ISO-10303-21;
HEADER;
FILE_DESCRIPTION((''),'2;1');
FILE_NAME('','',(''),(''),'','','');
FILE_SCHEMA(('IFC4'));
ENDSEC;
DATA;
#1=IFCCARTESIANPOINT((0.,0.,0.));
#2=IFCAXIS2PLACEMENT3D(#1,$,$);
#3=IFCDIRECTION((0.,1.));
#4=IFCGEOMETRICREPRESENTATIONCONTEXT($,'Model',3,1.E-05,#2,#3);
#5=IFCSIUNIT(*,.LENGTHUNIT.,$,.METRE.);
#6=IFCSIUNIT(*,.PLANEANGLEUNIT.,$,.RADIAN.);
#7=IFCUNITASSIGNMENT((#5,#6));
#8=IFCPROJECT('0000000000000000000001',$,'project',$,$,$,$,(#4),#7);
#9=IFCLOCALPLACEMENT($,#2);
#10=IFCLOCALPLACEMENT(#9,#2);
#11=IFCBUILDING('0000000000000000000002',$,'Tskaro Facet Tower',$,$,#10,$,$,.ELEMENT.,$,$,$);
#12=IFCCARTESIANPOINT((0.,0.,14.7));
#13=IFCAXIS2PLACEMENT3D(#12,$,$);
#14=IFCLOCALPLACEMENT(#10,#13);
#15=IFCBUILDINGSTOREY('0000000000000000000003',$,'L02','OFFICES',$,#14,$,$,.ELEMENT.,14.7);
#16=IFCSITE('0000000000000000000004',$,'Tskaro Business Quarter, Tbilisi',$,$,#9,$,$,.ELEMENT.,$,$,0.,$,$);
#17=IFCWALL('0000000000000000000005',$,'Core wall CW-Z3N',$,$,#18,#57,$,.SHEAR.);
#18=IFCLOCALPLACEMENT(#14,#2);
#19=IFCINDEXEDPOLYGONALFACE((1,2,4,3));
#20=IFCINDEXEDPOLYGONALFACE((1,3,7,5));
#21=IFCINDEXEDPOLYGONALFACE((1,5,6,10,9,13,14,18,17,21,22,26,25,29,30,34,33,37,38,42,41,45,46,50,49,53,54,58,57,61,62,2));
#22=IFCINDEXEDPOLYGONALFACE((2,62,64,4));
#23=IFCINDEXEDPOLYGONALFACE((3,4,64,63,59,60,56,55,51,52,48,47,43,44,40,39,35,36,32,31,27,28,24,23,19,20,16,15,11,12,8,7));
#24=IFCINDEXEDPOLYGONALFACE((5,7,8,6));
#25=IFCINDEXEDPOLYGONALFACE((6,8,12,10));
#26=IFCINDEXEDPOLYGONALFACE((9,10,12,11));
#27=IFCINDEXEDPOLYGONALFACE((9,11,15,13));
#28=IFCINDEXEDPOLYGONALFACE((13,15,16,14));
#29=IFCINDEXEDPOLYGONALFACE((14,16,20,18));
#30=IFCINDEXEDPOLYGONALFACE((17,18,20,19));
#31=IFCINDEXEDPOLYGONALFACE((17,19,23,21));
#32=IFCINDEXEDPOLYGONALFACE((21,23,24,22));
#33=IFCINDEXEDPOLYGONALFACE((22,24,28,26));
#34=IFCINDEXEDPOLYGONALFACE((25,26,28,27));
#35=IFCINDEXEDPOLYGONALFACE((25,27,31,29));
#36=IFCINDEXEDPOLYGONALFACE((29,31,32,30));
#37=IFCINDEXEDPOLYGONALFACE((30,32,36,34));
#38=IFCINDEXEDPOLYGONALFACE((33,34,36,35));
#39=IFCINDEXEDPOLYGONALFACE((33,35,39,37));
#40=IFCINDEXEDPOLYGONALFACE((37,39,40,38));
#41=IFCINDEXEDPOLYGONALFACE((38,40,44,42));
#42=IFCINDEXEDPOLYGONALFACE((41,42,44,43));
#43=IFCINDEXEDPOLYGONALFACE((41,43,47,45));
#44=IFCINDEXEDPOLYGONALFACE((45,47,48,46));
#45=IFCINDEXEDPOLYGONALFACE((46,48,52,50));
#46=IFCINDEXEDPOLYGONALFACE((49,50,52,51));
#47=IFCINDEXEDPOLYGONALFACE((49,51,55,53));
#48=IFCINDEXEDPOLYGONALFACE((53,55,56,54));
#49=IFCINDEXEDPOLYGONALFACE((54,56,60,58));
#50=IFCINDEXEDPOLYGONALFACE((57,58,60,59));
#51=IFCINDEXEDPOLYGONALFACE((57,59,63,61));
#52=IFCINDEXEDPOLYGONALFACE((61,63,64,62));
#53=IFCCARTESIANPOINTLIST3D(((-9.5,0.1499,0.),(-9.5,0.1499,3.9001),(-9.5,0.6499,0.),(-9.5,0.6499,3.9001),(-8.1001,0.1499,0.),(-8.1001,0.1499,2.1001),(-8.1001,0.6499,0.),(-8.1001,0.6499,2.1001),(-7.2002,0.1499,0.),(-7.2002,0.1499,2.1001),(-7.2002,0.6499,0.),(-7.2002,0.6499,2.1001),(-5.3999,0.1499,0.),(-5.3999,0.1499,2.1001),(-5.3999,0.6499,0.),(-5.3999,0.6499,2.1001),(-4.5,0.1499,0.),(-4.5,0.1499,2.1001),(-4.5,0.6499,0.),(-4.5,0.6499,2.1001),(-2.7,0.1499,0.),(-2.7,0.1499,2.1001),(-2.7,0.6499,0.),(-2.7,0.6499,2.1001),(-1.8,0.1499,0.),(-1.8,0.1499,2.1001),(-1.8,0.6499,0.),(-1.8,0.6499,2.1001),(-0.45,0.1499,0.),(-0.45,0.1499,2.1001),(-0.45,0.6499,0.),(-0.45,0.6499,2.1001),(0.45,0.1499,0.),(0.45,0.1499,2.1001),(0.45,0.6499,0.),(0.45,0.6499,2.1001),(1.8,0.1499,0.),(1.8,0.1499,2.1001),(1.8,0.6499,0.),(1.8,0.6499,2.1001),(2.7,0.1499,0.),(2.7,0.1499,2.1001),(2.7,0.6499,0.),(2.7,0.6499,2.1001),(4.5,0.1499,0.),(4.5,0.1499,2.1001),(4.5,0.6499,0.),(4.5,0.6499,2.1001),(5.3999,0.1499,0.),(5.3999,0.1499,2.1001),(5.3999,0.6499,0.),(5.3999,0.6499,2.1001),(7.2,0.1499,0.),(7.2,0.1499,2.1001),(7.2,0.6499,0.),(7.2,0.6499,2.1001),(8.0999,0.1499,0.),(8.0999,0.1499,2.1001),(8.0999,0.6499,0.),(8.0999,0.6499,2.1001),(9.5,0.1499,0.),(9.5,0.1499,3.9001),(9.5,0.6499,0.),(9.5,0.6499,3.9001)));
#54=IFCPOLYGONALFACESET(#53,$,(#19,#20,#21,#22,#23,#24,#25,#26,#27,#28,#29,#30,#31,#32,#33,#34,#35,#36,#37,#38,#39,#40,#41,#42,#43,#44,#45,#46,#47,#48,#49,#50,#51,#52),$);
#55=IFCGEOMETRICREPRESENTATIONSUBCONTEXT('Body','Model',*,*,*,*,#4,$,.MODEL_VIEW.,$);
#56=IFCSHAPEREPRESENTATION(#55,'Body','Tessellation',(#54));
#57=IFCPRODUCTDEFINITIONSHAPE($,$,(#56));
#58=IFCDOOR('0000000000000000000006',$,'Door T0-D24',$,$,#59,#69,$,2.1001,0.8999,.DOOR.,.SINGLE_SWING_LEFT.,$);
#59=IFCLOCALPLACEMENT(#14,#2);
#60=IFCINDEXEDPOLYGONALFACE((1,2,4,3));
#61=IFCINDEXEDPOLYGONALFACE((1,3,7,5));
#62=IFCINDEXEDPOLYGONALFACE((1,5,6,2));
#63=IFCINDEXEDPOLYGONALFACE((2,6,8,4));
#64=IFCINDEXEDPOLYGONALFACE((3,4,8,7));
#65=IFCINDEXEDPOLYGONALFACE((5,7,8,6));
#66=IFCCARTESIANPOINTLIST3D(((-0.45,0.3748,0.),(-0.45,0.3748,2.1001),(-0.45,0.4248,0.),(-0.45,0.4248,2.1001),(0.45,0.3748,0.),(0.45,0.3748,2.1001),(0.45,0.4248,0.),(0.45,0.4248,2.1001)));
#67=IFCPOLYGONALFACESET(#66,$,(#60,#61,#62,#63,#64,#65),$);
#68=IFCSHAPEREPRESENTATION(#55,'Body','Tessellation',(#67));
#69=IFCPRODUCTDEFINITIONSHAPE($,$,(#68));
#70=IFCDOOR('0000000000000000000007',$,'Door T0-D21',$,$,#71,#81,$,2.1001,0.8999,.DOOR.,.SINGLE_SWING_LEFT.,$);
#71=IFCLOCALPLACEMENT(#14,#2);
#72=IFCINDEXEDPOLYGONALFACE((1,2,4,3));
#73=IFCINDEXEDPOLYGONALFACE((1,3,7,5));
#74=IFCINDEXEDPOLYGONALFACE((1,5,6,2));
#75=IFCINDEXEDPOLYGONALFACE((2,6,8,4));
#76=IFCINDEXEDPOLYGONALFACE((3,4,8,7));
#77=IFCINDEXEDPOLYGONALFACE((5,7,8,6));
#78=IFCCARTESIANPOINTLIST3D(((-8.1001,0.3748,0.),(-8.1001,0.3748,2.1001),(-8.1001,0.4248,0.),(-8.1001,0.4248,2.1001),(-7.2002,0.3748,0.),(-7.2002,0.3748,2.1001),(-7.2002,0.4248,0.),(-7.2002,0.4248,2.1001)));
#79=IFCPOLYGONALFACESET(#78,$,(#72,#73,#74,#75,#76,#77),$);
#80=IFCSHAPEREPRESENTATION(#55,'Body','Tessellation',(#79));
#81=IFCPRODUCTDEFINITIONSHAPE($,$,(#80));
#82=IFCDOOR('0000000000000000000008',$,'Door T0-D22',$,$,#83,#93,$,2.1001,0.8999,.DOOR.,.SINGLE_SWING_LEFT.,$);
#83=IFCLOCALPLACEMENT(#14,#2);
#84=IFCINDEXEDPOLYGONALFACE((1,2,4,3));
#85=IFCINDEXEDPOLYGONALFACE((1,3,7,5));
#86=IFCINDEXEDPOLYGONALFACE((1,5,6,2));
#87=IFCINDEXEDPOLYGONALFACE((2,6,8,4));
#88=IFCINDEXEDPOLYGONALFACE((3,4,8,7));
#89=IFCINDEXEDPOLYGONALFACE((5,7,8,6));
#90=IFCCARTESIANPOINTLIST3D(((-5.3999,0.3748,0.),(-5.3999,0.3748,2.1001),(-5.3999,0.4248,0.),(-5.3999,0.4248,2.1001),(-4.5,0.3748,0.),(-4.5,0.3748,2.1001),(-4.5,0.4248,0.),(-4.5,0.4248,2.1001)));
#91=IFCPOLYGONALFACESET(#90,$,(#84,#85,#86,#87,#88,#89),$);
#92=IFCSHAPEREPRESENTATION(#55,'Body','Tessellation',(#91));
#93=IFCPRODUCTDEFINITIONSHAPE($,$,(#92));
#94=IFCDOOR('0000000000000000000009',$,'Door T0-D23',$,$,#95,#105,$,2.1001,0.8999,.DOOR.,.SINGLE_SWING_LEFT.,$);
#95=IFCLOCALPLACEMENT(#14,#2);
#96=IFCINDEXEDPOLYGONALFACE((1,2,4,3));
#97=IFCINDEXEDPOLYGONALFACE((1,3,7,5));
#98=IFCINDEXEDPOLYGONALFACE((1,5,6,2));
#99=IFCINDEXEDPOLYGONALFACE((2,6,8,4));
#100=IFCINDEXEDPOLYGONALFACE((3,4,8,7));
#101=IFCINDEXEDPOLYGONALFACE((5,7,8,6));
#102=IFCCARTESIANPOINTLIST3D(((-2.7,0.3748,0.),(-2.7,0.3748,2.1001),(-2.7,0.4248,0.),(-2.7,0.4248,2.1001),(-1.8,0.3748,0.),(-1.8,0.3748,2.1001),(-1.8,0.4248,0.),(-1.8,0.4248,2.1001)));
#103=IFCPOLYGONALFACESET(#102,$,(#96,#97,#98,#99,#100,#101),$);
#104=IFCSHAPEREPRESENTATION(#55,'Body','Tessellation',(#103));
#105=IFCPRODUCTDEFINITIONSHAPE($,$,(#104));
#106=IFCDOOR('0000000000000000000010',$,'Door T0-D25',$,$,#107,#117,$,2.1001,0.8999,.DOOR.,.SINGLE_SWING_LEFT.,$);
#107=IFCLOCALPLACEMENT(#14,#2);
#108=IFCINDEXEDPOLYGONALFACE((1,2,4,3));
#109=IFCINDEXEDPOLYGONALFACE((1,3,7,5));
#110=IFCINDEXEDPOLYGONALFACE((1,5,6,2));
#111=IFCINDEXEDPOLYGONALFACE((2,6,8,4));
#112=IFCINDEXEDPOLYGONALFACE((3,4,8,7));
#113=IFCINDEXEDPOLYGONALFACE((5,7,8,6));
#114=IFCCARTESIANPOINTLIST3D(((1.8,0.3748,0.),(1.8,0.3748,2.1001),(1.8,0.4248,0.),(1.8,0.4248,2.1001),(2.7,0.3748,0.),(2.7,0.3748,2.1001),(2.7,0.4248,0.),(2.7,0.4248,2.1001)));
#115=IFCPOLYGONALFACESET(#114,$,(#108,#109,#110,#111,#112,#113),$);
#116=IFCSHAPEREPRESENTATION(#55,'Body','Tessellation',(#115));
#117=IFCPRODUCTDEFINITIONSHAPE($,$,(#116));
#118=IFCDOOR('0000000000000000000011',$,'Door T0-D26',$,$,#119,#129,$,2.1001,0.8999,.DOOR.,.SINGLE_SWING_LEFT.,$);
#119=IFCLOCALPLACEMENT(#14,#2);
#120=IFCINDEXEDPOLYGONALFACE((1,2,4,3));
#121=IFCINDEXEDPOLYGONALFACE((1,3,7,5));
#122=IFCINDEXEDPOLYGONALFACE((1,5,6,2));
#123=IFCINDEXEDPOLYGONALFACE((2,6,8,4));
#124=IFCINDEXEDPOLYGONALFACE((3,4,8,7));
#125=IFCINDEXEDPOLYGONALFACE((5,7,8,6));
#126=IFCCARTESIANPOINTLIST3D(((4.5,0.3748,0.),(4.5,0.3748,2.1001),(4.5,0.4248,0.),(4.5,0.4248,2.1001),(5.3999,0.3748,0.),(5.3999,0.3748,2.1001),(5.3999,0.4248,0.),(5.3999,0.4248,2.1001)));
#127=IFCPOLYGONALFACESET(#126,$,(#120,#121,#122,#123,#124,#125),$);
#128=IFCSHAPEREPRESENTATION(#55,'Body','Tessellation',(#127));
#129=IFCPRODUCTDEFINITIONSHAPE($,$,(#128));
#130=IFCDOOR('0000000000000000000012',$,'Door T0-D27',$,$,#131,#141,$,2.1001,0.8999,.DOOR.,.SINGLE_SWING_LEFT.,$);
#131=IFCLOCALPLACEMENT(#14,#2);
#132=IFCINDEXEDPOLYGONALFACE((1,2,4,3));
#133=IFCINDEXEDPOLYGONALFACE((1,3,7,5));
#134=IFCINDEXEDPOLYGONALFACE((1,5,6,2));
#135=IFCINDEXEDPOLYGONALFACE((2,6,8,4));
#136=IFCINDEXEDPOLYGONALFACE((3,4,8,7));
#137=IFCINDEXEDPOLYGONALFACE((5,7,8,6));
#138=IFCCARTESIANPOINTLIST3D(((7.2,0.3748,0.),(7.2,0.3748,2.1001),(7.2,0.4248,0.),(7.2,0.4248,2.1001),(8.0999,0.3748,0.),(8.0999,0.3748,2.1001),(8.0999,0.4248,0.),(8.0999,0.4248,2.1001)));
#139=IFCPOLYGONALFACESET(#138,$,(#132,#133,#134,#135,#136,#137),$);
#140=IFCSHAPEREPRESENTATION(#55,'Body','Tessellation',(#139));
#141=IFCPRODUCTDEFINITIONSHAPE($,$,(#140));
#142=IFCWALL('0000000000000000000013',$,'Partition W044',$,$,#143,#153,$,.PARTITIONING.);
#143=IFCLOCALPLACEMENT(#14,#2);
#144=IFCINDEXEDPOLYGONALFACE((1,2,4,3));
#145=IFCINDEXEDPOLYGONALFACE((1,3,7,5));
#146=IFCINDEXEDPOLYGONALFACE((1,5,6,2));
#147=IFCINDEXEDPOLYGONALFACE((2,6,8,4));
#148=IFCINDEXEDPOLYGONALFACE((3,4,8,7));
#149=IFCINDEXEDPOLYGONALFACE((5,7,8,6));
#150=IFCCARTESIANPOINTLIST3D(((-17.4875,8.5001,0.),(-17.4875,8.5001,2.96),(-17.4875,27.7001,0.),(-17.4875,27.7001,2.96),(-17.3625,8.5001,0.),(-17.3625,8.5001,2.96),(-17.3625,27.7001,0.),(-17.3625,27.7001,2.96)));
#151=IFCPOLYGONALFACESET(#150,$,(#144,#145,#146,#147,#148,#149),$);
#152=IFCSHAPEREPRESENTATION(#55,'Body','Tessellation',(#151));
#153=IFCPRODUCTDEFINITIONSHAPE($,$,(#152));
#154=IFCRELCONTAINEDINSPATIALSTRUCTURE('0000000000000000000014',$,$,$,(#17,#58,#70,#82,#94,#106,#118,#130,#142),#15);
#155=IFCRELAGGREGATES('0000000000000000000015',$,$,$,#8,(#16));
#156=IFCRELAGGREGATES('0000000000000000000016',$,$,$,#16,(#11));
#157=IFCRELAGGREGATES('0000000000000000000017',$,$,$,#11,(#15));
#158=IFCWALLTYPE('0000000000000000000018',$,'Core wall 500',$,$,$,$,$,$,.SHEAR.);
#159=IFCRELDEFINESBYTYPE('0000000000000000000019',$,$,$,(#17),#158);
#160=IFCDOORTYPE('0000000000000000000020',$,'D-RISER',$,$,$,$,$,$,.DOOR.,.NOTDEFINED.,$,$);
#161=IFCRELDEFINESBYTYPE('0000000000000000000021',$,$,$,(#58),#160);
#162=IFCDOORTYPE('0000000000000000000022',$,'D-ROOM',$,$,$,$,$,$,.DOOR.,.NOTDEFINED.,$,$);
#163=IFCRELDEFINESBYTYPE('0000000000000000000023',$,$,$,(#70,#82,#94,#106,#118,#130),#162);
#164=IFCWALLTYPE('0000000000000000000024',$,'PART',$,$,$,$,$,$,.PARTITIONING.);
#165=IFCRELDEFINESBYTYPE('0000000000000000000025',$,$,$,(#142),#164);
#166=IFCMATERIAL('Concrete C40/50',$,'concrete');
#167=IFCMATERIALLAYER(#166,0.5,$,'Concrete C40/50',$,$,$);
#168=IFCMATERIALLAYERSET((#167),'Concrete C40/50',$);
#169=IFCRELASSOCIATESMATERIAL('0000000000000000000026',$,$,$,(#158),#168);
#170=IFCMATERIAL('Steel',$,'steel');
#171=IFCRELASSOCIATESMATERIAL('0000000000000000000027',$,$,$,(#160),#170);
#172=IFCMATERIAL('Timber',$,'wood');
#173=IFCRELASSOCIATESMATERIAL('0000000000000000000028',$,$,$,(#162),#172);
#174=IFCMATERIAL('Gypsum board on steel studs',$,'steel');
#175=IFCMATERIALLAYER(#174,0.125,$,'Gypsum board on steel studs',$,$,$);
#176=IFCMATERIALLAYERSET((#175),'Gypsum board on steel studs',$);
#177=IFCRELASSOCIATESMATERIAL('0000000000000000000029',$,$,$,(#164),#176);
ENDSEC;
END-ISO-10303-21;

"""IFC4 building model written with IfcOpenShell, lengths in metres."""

from ifc_helpers import new_model, si_unit, direction, frame, frame_2d, origin, place, context, subcontext, project, spatial, rectangle, extrude, material, layer, layer_set, type_object, element, fill, save


model = new_model("IFC4")

# Units and contexts
model_context = context("Model", 3, precision=1e-05, world=origin(), true_north=direction((0.0, 1.0)))
body_context = subcontext(model_context, "Body", "Model", "MODEL_VIEW")
ifc_project = project(units=[si_unit("LENGTHUNIT", "METRE"), si_unit("PLANEANGLEUNIT", "RADIAN")], contexts=[model_context])

# Site, building, storey
site_placement = place(None, origin())
site = spatial("IfcSite", under=ifc_project, at=site_placement, Name="Tskaro Business Quarter, Tbilisi", CompositionType="ELEMENT", RefElevation=0.0)
building_placement = place(site_placement, origin())
building = spatial("IfcBuilding", under=site, at=building_placement, Name="Tskaro Facet Tower", CompositionType="ELEMENT")
storey_placement = place(building_placement, frame((0.0, 0.0, 14.7)))
storey = spatial("IfcBuildingStorey", under=building, at=storey_placement, Name="L02", Description="OFFICES", CompositionType="ELEMENT", Elevation=14.7)

# Wall, openings, doors
ifc_material_1 = material(Name="Concrete C40/50", Category="concrete")
ifc_layer_1 = layer(ifc_material_1, 0.5, Name="Concrete C40/50")
ifc_layer_set_1 = layer_set([ifc_layer_1], Name="Concrete C40/50")
wall_type_1 = type_object("IfcWallType", Name="Core wall 500", PredefinedType="SHEAR", material=ifc_layer_set_1)
wall_1_placement = place(storey_placement, frame((-9.5, 0.3999, 0.0), z_axis=(0.0, 0.0, 1.0), x_axis=(1.0, 0.0, 0.0)))
wall_1 = element("IfcWall", 1, at=wall_1_placement, inside=storey, type_object=wall_type_1, Name="Core wall CW-Z3N", PredefinedType="SHEAR", context=body_context, shape_type="SweptSolid", body=[
    extrude(rectangle(XDim=19.0, YDim=0.5, at=frame_2d((9.5, 0.0))), origin(), (0.0, 0.0, 1.0), 3.9001),
])
opening_1_placement = place(wall_1_placement, frame((1.3999, 0.0, 0.0)))
opening_1 = element("IfcOpeningElement", 2, at=opening_1_placement, cuts=wall_1, PredefinedType="OPENING", context=body_context, shape_type="SweptSolid", body=[
    extrude(rectangle(XDim=0.8999, YDim=2.1001, at=frame_2d((0.45, 1.05))), frame((0.0, 0.26, 0.0), z_axis=(0.0, -1.0, 0.0), x_axis=(1.0, 0.0, 0.0)), (0.0, 0.0, 1.0), 0.52),
])
opening_2_placement = place(wall_1_placement, frame((4.1001, 0.0, 0.0)))
opening_2 = element("IfcOpeningElement", 3, at=opening_2_placement, cuts=wall_1, PredefinedType="OPENING", context=body_context, shape_type="SweptSolid", body=[
    extrude(rectangle(XDim=0.8999, YDim=2.1001, at=frame_2d((0.45, 1.05))), frame((0.0, 0.26, 0.0), z_axis=(0.0, -1.0, 0.0), x_axis=(1.0, 0.0, 0.0)), (0.0, 0.0, 1.0), 0.52),
])
opening_3_placement = place(wall_1_placement, frame((6.8, 0.0, 0.0)))
opening_3 = element("IfcOpeningElement", 4, at=opening_3_placement, cuts=wall_1, PredefinedType="OPENING", context=body_context, shape_type="SweptSolid", body=[
    extrude(rectangle(XDim=0.8999, YDim=2.1001, at=frame_2d((0.45, 1.05))), frame((0.0, 0.26, 0.0), z_axis=(0.0, -1.0, 0.0), x_axis=(1.0, 0.0, 0.0)), (0.0, 0.0, 1.0), 0.52),
])
opening_4_placement = place(wall_1_placement, frame((11.3, 0.0, 0.0)))
opening_4 = element("IfcOpeningElement", 5, at=opening_4_placement, cuts=wall_1, PredefinedType="OPENING", context=body_context, shape_type="SweptSolid", body=[
    extrude(rectangle(XDim=0.8999, YDim=2.1001, at=frame_2d((0.45, 1.05))), frame((0.0, 0.26, 0.0), z_axis=(0.0, -1.0, 0.0), x_axis=(1.0, 0.0, 0.0)), (0.0, 0.0, 1.0), 0.52),
])
opening_5_placement = place(wall_1_placement, frame((14.0, 0.0, 0.0)))
opening_5 = element("IfcOpeningElement", 6, at=opening_5_placement, cuts=wall_1, PredefinedType="OPENING", context=body_context, shape_type="SweptSolid", body=[
    extrude(rectangle(XDim=0.8999, YDim=2.1001, at=frame_2d((0.45, 1.05))), frame((0.0, 0.26, 0.0), z_axis=(0.0, -1.0, 0.0), x_axis=(1.0, 0.0, 0.0)), (0.0, 0.0, 1.0), 0.52),
])
opening_6_placement = place(wall_1_placement, frame((16.7, 0.0, 0.0)))
opening_6 = element("IfcOpeningElement", 7, at=opening_6_placement, cuts=wall_1, PredefinedType="OPENING", context=body_context, shape_type="SweptSolid", body=[
    extrude(rectangle(XDim=0.8999, YDim=2.1001, at=frame_2d((0.45, 1.05))), frame((0.0, 0.26, 0.0), z_axis=(0.0, -1.0, 0.0), x_axis=(1.0, 0.0, 0.0)), (0.0, 0.0, 1.0), 0.52),
])
opening_7_placement = place(wall_1_placement, frame((9.05, 0.0, 0.0)))
opening_7 = element("IfcOpeningElement", 8, at=opening_7_placement, cuts=wall_1, PredefinedType="OPENING", context=body_context, shape_type="SweptSolid", body=[
    extrude(rectangle(XDim=0.8999, YDim=2.1001, at=frame_2d((0.45, 1.05))), frame((0.0, 0.26, 0.0), z_axis=(0.0, -1.0, 0.0), x_axis=(1.0, 0.0, 0.0)), (0.0, 0.0, 1.0), 0.52),
])
ifc_material_2 = material(Name="Steel", Category="steel")
door_type_1 = type_object("IfcDoorType", Name="D-RISER", OperationType="NOTDEFINED", PredefinedType="DOOR", material=ifc_material_2)
door_1_placement = place(opening_7_placement, origin())
door_1 = element("IfcDoor", 9, at=door_1_placement, inside=storey, type_object=door_type_1, Name="Door T0-D24", OperationType="SINGLE_SWING_LEFT", OverallHeight=2.1001, OverallWidth=0.8999, PredefinedType="DOOR", context=body_context, shape_type="SweptSolid", body=[
    extrude(rectangle(XDim=0.8999, YDim=2.1001, at=frame_2d((0.45, 1.05))), frame((0.0, 0.0249, 0.0), z_axis=(0.0, -1.0, 0.0), x_axis=(1.0, 0.0, 0.0)), (0.0, 0.0, 1.0), 0.05),
])
fill(opening_7, door_1)
ifc_material_3 = material(Name="Timber", Category="wood")
door_type_2 = type_object("IfcDoorType", Name="D-ROOM", OperationType="NOTDEFINED", PredefinedType="DOOR", material=ifc_material_3)
door_2_placement = place(opening_1_placement, origin())
door_2 = element("IfcDoor", 10, at=door_2_placement, inside=storey, type_object=door_type_2, Name="Door T0-D21", OperationType="SINGLE_SWING_LEFT", OverallHeight=2.1001, OverallWidth=0.8999, PredefinedType="DOOR", context=body_context, shape_type="SweptSolid", body=[
    extrude(rectangle(XDim=0.8999, YDim=2.1001, at=frame_2d((0.45, 1.05))), frame((0.0, 0.0249, 0.0), z_axis=(0.0, -1.0, 0.0), x_axis=(1.0, 0.0, 0.0)), (0.0, 0.0, 1.0), 0.05),
])
fill(opening_1, door_2)
door_3_placement = place(opening_2_placement, origin())
door_3 = element("IfcDoor", 11, at=door_3_placement, inside=storey, type_object=door_type_2, Name="Door T0-D22", OperationType="SINGLE_SWING_LEFT", OverallHeight=2.1001, OverallWidth=0.8999, PredefinedType="DOOR", context=body_context, shape_type="SweptSolid", body=[
    extrude(rectangle(XDim=0.8999, YDim=2.1001, at=frame_2d((0.45, 1.05))), frame((0.0, 0.0249, 0.0), z_axis=(0.0, -1.0, 0.0), x_axis=(1.0, 0.0, 0.0)), (0.0, 0.0, 1.0), 0.05),
])
fill(opening_2, door_3)
door_4_placement = place(opening_3_placement, origin())
door_4 = element("IfcDoor", 12, at=door_4_placement, inside=storey, type_object=door_type_2, Name="Door T0-D23", OperationType="SINGLE_SWING_LEFT", OverallHeight=2.1001, OverallWidth=0.8999, PredefinedType="DOOR", context=body_context, shape_type="SweptSolid", body=[
    extrude(rectangle(XDim=0.8999, YDim=2.1001, at=frame_2d((0.45, 1.05))), frame((0.0, 0.0249, 0.0), z_axis=(0.0, -1.0, 0.0), x_axis=(1.0, 0.0, 0.0)), (0.0, 0.0, 1.0), 0.05),
])
fill(opening_3, door_4)
door_5_placement = place(opening_4_placement, origin())
door_5 = element("IfcDoor", 13, at=door_5_placement, inside=storey, type_object=door_type_2, Name="Door T0-D25", OperationType="SINGLE_SWING_LEFT", OverallHeight=2.1001, OverallWidth=0.8999, PredefinedType="DOOR", context=body_context, shape_type="SweptSolid", body=[
    extrude(rectangle(XDim=0.8999, YDim=2.1001, at=frame_2d((0.45, 1.05))), frame((0.0, 0.0249, 0.0), z_axis=(0.0, -1.0, 0.0), x_axis=(1.0, 0.0, 0.0)), (0.0, 0.0, 1.0), 0.05),
])
fill(opening_4, door_5)
door_6_placement = place(opening_5_placement, origin())
door_6 = element("IfcDoor", 14, at=door_6_placement, inside=storey, type_object=door_type_2, Name="Door T0-D26", OperationType="SINGLE_SWING_LEFT", OverallHeight=2.1001, OverallWidth=0.8999, PredefinedType="DOOR", context=body_context, shape_type="SweptSolid", body=[
    extrude(rectangle(XDim=0.8999, YDim=2.1001, at=frame_2d((0.45, 1.05))), frame((0.0, 0.0249, 0.0), z_axis=(0.0, -1.0, 0.0), x_axis=(1.0, 0.0, 0.0)), (0.0, 0.0, 1.0), 0.05),
])
fill(opening_5, door_6)
door_7_placement = place(opening_6_placement, origin())
door_7 = element("IfcDoor", 15, at=door_7_placement, inside=storey, type_object=door_type_2, Name="Door T0-D27", OperationType="SINGLE_SWING_LEFT", OverallHeight=2.1001, OverallWidth=0.8999, PredefinedType="DOOR", context=body_context, shape_type="SweptSolid", body=[
    extrude(rectangle(XDim=0.8999, YDim=2.1001, at=frame_2d((0.45, 1.05))), frame((0.0, 0.0249, 0.0), z_axis=(0.0, -1.0, 0.0), x_axis=(1.0, 0.0, 0.0)), (0.0, 0.0, 1.0), 0.05),
])
fill(opening_6, door_7)

# Wall
ifc_material_4 = material(Name="Gypsum board on steel studs", Category="steel")
ifc_layer_2 = layer(ifc_material_4, 0.125, Name="Gypsum board on steel studs")
ifc_layer_set_2 = layer_set([ifc_layer_2], Name="Gypsum board on steel studs")
wall_type_2 = type_object("IfcWallType", Name="PART", PredefinedType="PARTITIONING", material=ifc_layer_set_2)
wall_2_placement = place(storey_placement, frame((-17.425, 8.5, 0.0), z_axis=(0.0, 0.0, 1.0), x_axis=(0.0, 1.0, 0.0)))
element("IfcWall", 16, at=wall_2_placement, inside=storey, type_object=wall_type_2, Name="Partition W044", PredefinedType="PARTITIONING", context=body_context, shape_type="SweptSolid", body=[
    extrude(rectangle(XDim=19.2, YDim=0.125, at=frame_2d((9.6001, 0.0))), origin(), (0.0, 0.0, 1.0), 2.96),
])

save(model, "model.ifc")
